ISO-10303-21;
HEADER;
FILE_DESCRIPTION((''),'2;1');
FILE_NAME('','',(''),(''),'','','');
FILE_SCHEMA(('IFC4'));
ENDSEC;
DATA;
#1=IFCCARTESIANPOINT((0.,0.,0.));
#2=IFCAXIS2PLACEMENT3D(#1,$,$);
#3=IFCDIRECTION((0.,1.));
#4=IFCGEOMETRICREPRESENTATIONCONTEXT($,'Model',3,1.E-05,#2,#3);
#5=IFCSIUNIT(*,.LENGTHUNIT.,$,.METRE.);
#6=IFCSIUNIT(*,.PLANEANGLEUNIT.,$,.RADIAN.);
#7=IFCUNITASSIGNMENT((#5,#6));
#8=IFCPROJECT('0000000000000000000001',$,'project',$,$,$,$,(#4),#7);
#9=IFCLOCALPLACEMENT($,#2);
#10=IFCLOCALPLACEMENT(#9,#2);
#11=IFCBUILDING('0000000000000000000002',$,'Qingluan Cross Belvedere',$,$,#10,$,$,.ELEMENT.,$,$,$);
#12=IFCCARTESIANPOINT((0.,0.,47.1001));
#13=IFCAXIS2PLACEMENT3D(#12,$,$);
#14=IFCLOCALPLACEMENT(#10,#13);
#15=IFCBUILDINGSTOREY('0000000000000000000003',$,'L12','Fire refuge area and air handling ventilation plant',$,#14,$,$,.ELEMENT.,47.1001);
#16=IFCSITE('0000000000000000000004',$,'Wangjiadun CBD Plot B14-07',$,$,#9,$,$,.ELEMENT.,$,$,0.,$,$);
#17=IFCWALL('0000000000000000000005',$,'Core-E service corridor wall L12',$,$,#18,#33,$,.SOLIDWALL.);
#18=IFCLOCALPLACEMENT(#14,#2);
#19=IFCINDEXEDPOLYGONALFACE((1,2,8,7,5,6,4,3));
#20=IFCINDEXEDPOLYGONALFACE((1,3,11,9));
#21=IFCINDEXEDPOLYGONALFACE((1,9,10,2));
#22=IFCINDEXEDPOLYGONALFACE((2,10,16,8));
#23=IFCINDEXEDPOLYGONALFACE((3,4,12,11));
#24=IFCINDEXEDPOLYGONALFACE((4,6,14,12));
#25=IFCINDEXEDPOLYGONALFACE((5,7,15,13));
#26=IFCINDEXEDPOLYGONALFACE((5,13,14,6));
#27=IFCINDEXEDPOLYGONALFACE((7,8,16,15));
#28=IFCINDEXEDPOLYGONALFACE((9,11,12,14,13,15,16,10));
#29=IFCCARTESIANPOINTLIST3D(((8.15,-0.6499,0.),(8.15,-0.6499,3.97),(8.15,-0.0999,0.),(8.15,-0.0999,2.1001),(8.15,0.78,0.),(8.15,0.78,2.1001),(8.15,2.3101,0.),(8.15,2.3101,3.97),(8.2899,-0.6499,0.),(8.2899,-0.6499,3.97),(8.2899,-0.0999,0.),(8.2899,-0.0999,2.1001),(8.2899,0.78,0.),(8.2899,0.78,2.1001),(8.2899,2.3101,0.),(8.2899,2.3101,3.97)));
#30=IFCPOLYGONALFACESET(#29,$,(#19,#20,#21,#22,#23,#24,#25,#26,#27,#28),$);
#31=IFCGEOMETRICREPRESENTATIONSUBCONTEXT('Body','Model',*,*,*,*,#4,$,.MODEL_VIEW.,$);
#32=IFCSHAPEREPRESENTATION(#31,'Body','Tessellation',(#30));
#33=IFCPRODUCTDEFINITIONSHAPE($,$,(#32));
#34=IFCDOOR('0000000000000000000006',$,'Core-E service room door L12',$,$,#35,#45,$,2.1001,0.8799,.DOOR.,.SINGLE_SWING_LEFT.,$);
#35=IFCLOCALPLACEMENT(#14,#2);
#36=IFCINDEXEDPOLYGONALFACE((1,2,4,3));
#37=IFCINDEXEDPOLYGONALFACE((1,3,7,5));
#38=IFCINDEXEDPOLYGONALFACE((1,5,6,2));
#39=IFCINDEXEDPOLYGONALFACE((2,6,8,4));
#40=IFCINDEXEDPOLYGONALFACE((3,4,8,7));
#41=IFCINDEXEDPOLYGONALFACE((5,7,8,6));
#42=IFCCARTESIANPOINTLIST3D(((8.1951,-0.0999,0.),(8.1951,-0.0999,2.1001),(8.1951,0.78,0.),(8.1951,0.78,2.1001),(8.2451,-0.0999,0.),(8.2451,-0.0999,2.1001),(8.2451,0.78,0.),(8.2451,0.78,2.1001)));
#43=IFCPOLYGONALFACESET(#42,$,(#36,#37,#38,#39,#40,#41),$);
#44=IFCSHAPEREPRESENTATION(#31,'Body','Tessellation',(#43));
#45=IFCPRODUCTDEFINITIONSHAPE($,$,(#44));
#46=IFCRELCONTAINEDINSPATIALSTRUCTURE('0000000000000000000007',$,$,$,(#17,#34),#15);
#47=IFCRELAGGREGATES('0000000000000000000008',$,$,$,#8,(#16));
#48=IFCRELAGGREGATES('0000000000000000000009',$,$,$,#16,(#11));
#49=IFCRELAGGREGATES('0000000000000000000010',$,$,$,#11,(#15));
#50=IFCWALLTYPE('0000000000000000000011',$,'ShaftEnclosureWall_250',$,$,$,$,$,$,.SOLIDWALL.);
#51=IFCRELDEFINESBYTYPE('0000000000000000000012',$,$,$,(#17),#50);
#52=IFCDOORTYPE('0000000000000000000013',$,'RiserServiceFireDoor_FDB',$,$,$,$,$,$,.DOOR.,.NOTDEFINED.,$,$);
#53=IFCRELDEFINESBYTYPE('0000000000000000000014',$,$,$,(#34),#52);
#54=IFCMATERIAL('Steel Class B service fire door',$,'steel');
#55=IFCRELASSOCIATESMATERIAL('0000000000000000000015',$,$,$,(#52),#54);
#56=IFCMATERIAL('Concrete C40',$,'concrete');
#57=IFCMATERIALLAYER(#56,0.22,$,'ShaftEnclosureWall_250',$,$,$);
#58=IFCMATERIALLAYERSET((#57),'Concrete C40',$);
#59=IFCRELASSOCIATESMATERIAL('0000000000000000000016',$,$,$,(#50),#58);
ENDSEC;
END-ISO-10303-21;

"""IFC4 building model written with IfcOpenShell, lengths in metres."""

from ifc_helpers import new_model, si_unit, direction, frame, frame_2d, origin, place, context, subcontext, project, spatial, rectangle, extrude, material, layer, layer_set, type_object, element, fill, save


model = new_model("IFC4")

# Units and contexts
model_context = context("Model", 3, precision=1e-05, world=origin(), true_north=direction((0.0, 1.0)))
body_context = subcontext(model_context, "Body", "Model", "MODEL_VIEW")
ifc_project = project(units=[si_unit("LENGTHUNIT", "METRE"), si_unit("PLANEANGLEUNIT", "RADIAN")], contexts=[model_context])

# Site, building, storey
site_placement = place(None, origin())
site = spatial("IfcSite", under=ifc_project, at=site_placement, Name="Wangjiadun CBD Plot B14-07", CompositionType="ELEMENT", RefElevation=0.0)
building_placement = place(site_placement, origin())
building = spatial("IfcBuilding", under=site, at=building_placement, Name="Qingluan Cross Belvedere", CompositionType="ELEMENT")
storey_placement = place(building_placement, frame((0.0, 0.0, 47.1001)))
storey = spatial("IfcBuildingStorey", under=building, at=storey_placement, Name="L12", Description="Fire refuge area and air handling ventilation plant", CompositionType="ELEMENT", Elevation=47.1001)

# Shared definitions
ifc_material_1 = material(Name="Steel Class B service fire door", Category="steel")
door_type_1 = type_object("IfcDoorType", Name="RiserServiceFireDoor_FDB", OperationType="NOTDEFINED", PredefinedType="DOOR", material=ifc_material_1)

# Shared definitions
ifc_material_2 = material(Name="Concrete C40", Category="concrete")
ifc_layer_1 = layer(ifc_material_2, 0.22, Name="ShaftEnclosureWall_250")
ifc_layer_set_1 = layer_set([ifc_layer_1], Name="Concrete C40")
wall_type_1 = type_object("IfcWallType", Name="ShaftEnclosureWall_250", PredefinedType="SOLIDWALL", material=ifc_layer_set_1)

# Wall, opening, door
wall_1_placement = place(storey_placement, frame((8.22, -0.6499, 0.0), z_axis=(0.0, 0.0, 1.0), x_axis=(0.0, 1.0, 0.0)))
wall_1 = element("IfcWall", 1, at=wall_1_placement, inside=storey, type_object=wall_type_1, Name="Core-E service corridor wall L12", PredefinedType="SOLIDWALL", context=body_context, shape_type="SweptSolid", body=[
    extrude(rectangle(XDim=2.96, YDim=0.1399, at=frame_2d((1.48, 0.0))), origin(), (0.0, 0.0, 1.0), 3.97),
])
opening_1_placement = place(wall_1_placement, frame((0.55, 0.0, 0.0)))
opening_1 = element("IfcOpeningElement", 2, at=opening_1_placement, cuts=wall_1, PredefinedType="OPENING", context=body_context, shape_type="SweptSolid", body=[
    extrude(rectangle(XDim=0.8799, YDim=2.1001, at=frame_2d((0.4399, 1.05))), frame((0.0, 0.0798, 0.0), z_axis=(0.0, -1.0, 0.0), x_axis=(1.0, 0.0, 0.0)), (0.0, 0.0, 1.0), 0.1599),
])
door_1_placement = place(opening_1_placement, origin())
door_1 = element("IfcDoor", 3, at=door_1_placement, inside=storey, type_object=door_type_1, Name="Core-E service room door L12", OperationType="SINGLE_SWING_LEFT", OverallHeight=2.1001, OverallWidth=0.8799, PredefinedType="DOOR", context=body_context, shape_type="SweptSolid", body=[
    extrude(rectangle(XDim=0.8799, YDim=2.1001, at=frame_2d((0.4399, 1.05))), frame((0.0, 0.0249, 0.0), z_axis=(0.0, -1.0, 0.0), x_axis=(1.0, 0.0, 0.0)), (0.0, 0.0, 1.0), 0.05),
])
fill(opening_1, door_1)

save(model, "model.ifc")
